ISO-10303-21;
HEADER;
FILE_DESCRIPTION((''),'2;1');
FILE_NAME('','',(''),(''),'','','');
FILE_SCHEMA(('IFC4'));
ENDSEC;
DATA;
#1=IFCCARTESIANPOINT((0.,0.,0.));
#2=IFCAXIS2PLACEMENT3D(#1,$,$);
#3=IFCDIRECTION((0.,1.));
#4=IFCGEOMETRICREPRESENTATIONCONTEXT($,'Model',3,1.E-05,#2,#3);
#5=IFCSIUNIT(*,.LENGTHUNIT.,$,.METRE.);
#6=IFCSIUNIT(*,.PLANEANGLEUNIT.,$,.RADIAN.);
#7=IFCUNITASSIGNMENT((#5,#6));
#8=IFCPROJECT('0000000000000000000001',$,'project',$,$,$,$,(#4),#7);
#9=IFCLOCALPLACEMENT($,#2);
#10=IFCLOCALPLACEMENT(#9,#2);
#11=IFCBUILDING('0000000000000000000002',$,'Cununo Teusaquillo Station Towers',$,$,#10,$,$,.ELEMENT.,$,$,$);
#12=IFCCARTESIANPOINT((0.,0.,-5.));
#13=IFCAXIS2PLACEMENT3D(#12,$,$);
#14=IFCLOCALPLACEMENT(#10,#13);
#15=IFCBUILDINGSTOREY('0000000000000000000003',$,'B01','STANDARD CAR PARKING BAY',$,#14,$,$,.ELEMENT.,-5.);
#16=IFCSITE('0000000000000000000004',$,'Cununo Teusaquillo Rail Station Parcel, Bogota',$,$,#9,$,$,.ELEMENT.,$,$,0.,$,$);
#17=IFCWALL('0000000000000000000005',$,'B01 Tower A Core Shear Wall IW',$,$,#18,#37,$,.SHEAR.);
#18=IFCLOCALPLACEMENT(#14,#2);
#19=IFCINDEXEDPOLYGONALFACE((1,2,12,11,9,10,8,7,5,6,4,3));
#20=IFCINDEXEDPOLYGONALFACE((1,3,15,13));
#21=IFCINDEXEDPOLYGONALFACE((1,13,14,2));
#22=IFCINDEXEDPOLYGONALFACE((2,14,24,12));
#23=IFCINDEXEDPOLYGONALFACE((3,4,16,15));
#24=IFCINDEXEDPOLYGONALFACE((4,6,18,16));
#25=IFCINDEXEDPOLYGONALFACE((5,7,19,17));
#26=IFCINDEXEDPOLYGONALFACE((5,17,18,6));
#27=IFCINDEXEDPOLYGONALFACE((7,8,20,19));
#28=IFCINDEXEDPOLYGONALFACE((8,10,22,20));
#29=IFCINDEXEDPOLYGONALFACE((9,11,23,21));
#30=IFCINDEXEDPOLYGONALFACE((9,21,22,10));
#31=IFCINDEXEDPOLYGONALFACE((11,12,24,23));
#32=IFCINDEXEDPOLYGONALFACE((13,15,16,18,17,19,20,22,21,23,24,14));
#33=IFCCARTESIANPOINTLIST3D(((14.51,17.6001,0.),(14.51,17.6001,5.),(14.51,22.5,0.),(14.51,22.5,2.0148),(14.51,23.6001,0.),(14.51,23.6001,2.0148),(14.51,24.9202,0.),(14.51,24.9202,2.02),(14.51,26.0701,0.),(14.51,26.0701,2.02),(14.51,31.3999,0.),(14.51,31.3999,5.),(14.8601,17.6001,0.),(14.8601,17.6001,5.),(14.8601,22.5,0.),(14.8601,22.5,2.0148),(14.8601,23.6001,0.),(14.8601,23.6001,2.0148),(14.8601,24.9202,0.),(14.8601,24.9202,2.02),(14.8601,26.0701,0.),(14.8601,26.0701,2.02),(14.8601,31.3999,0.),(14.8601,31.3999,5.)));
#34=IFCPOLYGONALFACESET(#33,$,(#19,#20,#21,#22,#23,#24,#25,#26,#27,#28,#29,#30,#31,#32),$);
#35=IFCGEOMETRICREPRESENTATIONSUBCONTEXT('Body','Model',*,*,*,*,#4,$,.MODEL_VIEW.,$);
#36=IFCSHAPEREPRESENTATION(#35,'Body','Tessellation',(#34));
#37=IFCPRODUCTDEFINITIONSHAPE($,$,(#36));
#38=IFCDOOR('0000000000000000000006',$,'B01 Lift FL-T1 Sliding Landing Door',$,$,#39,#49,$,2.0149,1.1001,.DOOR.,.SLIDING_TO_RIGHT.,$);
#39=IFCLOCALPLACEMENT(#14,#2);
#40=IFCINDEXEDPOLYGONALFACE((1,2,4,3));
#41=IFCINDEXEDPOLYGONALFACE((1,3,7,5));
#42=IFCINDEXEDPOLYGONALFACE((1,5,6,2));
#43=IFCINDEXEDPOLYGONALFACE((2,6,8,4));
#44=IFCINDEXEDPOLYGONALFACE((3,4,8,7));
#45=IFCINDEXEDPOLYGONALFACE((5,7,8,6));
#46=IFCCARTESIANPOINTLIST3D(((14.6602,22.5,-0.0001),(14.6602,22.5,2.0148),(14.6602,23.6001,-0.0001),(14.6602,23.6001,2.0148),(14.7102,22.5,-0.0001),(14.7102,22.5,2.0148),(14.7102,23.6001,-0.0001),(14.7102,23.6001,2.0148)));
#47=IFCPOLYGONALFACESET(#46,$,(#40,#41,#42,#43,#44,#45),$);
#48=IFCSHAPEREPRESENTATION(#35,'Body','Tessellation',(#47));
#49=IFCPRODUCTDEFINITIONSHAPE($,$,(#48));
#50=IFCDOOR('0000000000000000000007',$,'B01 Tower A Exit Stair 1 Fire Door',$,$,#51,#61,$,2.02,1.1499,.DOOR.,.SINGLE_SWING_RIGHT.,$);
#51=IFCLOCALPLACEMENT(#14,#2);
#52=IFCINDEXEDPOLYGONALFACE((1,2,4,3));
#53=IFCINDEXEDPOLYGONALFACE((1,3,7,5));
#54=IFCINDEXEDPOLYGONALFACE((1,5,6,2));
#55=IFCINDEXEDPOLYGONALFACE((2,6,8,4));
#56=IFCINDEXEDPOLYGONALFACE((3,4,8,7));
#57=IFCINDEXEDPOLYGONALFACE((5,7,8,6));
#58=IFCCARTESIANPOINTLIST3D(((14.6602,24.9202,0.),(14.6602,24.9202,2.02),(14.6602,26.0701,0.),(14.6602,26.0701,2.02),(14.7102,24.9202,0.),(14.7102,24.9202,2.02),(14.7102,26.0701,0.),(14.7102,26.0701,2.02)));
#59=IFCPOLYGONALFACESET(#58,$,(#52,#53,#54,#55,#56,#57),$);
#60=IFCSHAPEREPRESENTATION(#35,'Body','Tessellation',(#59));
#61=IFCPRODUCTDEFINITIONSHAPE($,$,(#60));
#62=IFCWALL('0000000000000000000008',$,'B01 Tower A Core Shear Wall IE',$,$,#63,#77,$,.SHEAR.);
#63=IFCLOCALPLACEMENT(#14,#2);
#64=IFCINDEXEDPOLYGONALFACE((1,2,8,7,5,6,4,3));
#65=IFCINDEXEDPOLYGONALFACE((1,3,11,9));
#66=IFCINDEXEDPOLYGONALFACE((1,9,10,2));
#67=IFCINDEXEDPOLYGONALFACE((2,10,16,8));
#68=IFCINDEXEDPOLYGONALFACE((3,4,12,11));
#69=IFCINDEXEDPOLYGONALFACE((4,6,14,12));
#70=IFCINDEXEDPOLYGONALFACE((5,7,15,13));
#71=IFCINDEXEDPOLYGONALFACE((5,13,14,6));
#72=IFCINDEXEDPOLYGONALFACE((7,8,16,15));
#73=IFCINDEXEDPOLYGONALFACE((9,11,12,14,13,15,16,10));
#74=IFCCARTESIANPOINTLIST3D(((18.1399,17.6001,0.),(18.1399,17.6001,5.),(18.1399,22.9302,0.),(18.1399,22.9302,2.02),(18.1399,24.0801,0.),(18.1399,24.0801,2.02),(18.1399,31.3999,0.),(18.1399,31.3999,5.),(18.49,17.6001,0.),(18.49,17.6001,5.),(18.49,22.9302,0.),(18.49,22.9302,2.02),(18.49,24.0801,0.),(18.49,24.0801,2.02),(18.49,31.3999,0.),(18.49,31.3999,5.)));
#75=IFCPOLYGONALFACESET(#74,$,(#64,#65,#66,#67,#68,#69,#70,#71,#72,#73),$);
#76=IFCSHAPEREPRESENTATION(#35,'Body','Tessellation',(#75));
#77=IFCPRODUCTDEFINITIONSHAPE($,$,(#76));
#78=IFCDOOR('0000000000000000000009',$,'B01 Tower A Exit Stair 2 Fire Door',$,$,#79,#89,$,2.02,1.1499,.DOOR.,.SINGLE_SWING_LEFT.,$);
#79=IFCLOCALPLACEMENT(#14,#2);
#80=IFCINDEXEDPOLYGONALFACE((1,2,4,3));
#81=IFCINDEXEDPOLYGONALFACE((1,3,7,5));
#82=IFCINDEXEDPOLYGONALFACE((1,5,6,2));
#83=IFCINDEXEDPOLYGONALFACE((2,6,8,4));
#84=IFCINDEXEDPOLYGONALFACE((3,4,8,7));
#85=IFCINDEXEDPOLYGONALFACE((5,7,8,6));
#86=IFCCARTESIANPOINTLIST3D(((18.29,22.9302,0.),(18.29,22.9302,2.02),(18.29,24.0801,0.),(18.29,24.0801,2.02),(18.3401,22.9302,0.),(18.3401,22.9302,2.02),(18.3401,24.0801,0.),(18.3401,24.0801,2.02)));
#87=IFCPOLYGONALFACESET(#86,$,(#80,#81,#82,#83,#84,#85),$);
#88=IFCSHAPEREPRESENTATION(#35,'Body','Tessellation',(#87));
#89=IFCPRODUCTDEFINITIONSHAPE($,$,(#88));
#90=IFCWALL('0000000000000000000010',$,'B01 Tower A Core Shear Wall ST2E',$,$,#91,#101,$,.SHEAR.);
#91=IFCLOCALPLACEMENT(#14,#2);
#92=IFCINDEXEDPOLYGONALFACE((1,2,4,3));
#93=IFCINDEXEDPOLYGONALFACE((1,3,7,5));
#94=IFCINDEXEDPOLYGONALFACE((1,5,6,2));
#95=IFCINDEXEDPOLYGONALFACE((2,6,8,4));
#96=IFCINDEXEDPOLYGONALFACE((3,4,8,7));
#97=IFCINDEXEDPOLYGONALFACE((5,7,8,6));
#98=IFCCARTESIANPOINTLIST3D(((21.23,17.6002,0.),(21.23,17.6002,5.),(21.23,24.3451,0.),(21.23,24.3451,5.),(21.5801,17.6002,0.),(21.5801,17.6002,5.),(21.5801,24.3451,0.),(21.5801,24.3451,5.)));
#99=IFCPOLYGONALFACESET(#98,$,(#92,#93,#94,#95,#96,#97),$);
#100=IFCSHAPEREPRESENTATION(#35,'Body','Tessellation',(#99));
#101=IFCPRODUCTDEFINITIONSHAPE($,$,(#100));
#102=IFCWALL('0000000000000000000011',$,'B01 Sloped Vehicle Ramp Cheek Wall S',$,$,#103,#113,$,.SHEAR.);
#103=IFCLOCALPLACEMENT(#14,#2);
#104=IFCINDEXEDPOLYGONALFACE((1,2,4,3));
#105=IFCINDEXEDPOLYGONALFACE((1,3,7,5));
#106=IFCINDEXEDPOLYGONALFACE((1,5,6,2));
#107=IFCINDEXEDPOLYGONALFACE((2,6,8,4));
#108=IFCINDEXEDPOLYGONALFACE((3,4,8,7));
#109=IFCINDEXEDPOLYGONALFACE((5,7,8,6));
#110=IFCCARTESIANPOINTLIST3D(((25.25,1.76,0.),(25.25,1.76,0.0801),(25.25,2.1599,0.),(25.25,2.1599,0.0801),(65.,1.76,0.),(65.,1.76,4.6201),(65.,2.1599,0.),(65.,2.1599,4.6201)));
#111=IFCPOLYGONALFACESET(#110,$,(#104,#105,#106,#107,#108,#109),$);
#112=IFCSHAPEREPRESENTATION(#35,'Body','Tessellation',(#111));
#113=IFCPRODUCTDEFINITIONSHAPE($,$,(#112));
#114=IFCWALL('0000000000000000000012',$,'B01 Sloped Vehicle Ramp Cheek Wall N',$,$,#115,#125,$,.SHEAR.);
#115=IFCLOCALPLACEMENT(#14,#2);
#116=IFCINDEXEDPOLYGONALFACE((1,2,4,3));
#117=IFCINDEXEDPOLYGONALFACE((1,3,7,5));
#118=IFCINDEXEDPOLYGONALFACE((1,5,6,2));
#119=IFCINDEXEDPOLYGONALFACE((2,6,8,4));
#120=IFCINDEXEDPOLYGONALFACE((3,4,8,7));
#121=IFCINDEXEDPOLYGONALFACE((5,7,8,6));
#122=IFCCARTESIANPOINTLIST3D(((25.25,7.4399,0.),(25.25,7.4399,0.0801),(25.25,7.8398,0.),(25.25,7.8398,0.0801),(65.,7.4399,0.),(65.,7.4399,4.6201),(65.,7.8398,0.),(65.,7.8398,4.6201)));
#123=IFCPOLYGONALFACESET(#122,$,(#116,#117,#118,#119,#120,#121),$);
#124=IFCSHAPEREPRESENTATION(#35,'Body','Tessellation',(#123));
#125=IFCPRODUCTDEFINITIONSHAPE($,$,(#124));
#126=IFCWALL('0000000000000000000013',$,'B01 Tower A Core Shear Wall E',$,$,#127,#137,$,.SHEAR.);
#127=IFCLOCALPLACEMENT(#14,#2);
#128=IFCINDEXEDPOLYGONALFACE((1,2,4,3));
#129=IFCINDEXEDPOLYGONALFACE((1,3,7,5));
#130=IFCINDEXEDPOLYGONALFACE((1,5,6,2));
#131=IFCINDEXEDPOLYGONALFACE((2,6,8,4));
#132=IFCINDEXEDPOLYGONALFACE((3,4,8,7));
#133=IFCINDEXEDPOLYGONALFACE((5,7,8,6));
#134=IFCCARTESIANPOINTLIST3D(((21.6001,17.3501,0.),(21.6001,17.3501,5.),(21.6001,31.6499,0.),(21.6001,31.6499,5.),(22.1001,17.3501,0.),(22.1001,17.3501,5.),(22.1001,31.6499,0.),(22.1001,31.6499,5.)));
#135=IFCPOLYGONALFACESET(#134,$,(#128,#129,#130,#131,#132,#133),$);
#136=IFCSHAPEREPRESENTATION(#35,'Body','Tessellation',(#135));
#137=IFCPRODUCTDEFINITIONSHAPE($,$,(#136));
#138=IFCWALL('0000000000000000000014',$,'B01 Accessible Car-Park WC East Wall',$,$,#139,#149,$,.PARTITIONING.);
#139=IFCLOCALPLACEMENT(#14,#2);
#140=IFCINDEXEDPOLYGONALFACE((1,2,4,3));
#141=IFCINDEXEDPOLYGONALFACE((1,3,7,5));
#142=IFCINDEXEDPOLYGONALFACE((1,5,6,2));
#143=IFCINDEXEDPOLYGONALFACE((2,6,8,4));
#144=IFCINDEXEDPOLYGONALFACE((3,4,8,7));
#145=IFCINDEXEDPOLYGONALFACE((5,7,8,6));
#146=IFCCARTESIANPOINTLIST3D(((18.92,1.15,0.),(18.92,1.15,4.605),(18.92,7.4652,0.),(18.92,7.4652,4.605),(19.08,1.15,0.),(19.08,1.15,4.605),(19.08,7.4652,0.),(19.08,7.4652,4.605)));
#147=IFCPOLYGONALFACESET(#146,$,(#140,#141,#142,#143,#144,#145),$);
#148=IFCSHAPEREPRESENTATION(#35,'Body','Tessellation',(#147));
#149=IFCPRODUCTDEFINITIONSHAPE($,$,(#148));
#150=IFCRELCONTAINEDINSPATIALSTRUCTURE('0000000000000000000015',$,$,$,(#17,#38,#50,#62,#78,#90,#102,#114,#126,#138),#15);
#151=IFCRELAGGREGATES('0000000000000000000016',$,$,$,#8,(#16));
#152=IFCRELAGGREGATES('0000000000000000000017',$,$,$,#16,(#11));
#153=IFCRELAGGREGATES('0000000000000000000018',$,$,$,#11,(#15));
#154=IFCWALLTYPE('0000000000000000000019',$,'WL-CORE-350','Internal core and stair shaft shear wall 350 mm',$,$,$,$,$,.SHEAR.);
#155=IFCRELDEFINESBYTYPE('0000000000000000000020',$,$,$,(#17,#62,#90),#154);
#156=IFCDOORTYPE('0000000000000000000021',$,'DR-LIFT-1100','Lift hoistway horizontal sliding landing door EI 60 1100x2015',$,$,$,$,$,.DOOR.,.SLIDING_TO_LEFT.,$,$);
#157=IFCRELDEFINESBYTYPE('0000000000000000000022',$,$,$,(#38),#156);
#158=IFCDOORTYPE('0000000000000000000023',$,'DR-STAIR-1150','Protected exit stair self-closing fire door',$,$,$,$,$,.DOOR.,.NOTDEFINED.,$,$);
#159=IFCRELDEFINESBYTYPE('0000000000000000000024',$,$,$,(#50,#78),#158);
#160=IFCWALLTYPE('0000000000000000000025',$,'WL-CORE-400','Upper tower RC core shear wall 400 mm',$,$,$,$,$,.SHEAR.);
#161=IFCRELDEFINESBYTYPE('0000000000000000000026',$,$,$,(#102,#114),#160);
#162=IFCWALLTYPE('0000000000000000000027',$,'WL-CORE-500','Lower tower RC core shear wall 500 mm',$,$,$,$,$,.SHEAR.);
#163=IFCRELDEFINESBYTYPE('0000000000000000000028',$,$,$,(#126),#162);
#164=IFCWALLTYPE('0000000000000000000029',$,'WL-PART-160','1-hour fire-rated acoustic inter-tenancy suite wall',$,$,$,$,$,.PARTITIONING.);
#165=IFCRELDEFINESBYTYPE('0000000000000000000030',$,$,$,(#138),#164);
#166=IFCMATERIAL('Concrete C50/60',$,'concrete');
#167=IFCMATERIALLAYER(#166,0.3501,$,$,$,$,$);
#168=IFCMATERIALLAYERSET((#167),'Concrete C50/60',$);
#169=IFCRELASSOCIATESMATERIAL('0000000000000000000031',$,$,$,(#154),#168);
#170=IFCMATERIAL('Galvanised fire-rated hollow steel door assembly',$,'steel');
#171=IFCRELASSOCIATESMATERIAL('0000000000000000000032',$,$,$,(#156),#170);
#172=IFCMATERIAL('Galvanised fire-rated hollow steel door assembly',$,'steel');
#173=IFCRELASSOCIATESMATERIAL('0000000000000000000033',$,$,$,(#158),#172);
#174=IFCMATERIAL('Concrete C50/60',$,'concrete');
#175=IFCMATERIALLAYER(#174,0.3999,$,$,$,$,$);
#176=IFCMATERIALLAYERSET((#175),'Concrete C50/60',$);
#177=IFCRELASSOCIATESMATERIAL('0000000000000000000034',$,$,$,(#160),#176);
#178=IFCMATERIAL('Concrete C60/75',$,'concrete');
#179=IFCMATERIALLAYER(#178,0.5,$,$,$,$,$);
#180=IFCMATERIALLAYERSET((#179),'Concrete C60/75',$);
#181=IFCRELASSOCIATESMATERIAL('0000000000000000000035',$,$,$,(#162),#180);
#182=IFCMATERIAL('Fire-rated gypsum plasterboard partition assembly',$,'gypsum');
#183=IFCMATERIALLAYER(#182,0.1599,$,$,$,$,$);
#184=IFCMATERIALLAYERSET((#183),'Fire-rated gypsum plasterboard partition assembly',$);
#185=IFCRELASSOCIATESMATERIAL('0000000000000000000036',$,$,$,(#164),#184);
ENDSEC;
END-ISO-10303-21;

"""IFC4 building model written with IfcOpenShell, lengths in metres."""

from ifc_helpers import new_model, si_unit, direction, frame, frame_2d, origin, place, context, subcontext, project, spatial, polyline, rectangle, outline, extrude, source, transform, mapped, material, layer, layer_set, type_object, element, fill, save


model = new_model("IFC4")

# Units and contexts
model_context = context("Model", 3, precision=1e-05, world=origin(), true_north=direction((0.0, 1.0)))
body_context = subcontext(model_context, "Body", "Model", "MODEL_VIEW")
ifc_project = project(units=[si_unit("LENGTHUNIT", "METRE"), si_unit("PLANEANGLEUNIT", "RADIAN")], contexts=[model_context])

# Site, building, storey
site_placement = place(None, origin())
site = spatial("IfcSite", under=ifc_project, at=site_placement, Name="Cununo Teusaquillo Rail Station Parcel, Bogota", CompositionType="ELEMENT", RefElevation=0.0)
building_placement = place(site_placement, origin())
building = spatial("IfcBuilding", under=site, at=building_placement, Name="Cununo Teusaquillo Station Towers", CompositionType="ELEMENT")
storey_placement = place(building_placement, frame((0.0, 0.0, -5.0)))
storey = spatial("IfcBuildingStorey", under=building, at=storey_placement, Name="B01", Description="STANDARD CAR PARKING BAY", CompositionType="ELEMENT", Elevation=-5.0)

# Wall, openings, doors
ifc_material_1 = material(Name="Concrete C50/60", Category="concrete")
ifc_layer_1 = layer(ifc_material_1, 0.3501)
ifc_layer_set_1 = layer_set([ifc_layer_1], Name="Concrete C50/60")
wall_type_1 = type_object("IfcWallType", Name="WL-CORE-350", Description="Internal core and stair shaft shear wall 350 mm", PredefinedType="SHEAR", material=ifc_layer_set_1)
wall_1_placement = place(storey_placement, frame((14.6851, 17.6001, 0.0), z_axis=(0.0, 0.0, 1.0), x_axis=(0.0, 1.0, 0.0)))
wall_1 = element("IfcWall", 1, at=wall_1_placement, inside=storey, type_object=wall_type_1, Name="B01 Tower A Core Shear Wall IW", PredefinedType="SHEAR", context=body_context, shape_type="SweptSolid", body=[
    extrude(rectangle(XDim=13.7998, YDim=0.3501, at=frame_2d((6.8999, 0.0))), origin(), (0.0, 0.0, 1.0), 5.0),
])
shared_shape_1 = source(origin(), body_context, "Body", "SweptSolid", [
    extrude(rectangle(XDim=1.1001, YDim=2.0149, at=frame_2d((0.55, 1.0073))), frame((0.0, 0.1851, 0.0), z_axis=(0.0, -1.0, 0.0), x_axis=(1.0, 0.0, 0.0)), (0.0, 0.0, 1.0), 0.3701),
])
opening_1_placement = place(wall_1_placement, frame((4.8999, 0.0, 0.0)))
opening_1 = element("IfcOpeningElement", 2, at=opening_1_placement, cuts=wall_1, PredefinedType="OPENING", context=body_context, shape_type="MappedRepresentation", body=[
    mapped(shared_shape_1, transform((0.0, 0.0, 0.0), x_axis=(1.0, 0.0, 0.0), y_axis=(0.0, 1.0, 0.0), z_axis=(0.0, 0.0, 1.0), scale=1.0)),
])
shared_shape_2 = source(origin(), body_context, "Body", "SweptSolid", [
    extrude(rectangle(XDim=1.1499, YDim=2.02, at=frame_2d((0.575, 1.01))), frame((0.0, 0.1851, 0.0), z_axis=(0.0, -1.0, 0.0), x_axis=(1.0, 0.0, 0.0)), (0.0, 0.0, 1.0), 0.3701),
])
opening_2_placement = place(wall_1_placement, frame((7.3201, 0.0, 0.0)))
opening_2 = element("IfcOpeningElement", 3, at=opening_2_placement, cuts=wall_1, PredefinedType="OPENING", context=body_context, shape_type="MappedRepresentation", body=[
    mapped(shared_shape_2, transform((0.0, 0.0, 0.0), x_axis=(1.0, 0.0, 0.0), y_axis=(0.0, 1.0, 0.0), z_axis=(0.0, 0.0, 1.0), scale=1.0)),
])
ifc_material_2 = material(Name="Galvanised fire-rated hollow steel door assembly", Category="steel")
door_type_1 = type_object("IfcDoorType", Name="DR-LIFT-1100", Description="Lift hoistway horizontal sliding landing door EI 60 1100x2015", OperationType="SLIDING_TO_LEFT", PredefinedType="DOOR", material=ifc_material_2)
shared_shape_3 = source(origin(), body_context, "Body", "SweptSolid", [
    extrude(rectangle(XDim=1.1001, YDim=2.0149, at=frame_2d((0.55, 1.0073))), frame((0.0, 0.0249, 0.0), z_axis=(0.0, -1.0, 0.0), x_axis=(1.0, 0.0, 0.0)), (0.0, 0.0, 1.0), 0.05),
])
door_1_placement = place(opening_1_placement, origin())
door_1 = element("IfcDoor", 4, at=door_1_placement, inside=storey, type_object=door_type_1, Name="B01 Lift FL-T1 Sliding Landing Door", OperationType="SLIDING_TO_RIGHT", OverallHeight=2.0149, OverallWidth=1.1001, PredefinedType="DOOR", context=body_context, shape_type="MappedRepresentation", body=[
    mapped(shared_shape_3, transform((0.0, 0.0, 0.0), x_axis=(1.0, 0.0, 0.0), y_axis=(0.0, 1.0, 0.0), z_axis=(0.0, 0.0, 1.0), scale=1.0)),
])
fill(opening_1, door_1)
ifc_material_3 = material(Name="Galvanised fire-rated hollow steel door assembly", Category="steel")
door_type_2 = type_object("IfcDoorType", Name="DR-STAIR-1150", Description="Protected exit stair self-closing fire door", OperationType="NOTDEFINED", PredefinedType="DOOR", material=ifc_material_3)
shared_shape_4 = source(origin(), body_context, "Body", "SweptSolid", [
    extrude(rectangle(XDim=1.1499, YDim=2.02, at=frame_2d((0.575, 1.01))), frame((0.0, 0.0249, 0.0), z_axis=(0.0, -1.0, 0.0), x_axis=(1.0, 0.0, 0.0)), (0.0, 0.0, 1.0), 0.05),
])
door_2_placement = place(opening_2_placement, origin())
door_2 = element("IfcDoor", 5, at=door_2_placement, inside=storey, type_object=door_type_2, Name="B01 Tower A Exit Stair 1 Fire Door", OperationType="SINGLE_SWING_RIGHT", OverallHeight=2.02, OverallWidth=1.1499, PredefinedType="DOOR", context=body_context, shape_type="MappedRepresentation", body=[
    mapped(shared_shape_4, transform((0.0, 0.0, 0.0), x_axis=(1.0, 0.0, 0.0), y_axis=(0.0, 1.0, 0.0), z_axis=(0.0, 0.0, 1.0), scale=1.0)),
])
fill(opening_2, door_2)

# Wall, opening, door
wall_2_placement = place(storey_placement, frame((18.3149, 17.6001, 0.0), z_axis=(0.0, 0.0, 1.0), x_axis=(0.0, 1.0, 0.0)))
wall_2 = element("IfcWall", 6, at=wall_2_placement, inside=storey, type_object=wall_type_1, Name="B01 Tower A Core Shear Wall IE", PredefinedType="SHEAR", context=body_context, shape_type="SweptSolid", body=[
    extrude(rectangle(XDim=13.7998, YDim=0.3501, at=frame_2d((6.8999, 0.0))), origin(), (0.0, 0.0, 1.0), 5.0),
])
opening_3_placement = place(wall_2_placement, frame((5.3301, 0.0, 0.0)))
opening_3 = element("IfcOpeningElement", 7, at=opening_3_placement, cuts=wall_2, PredefinedType="OPENING", context=body_context, shape_type="MappedRepresentation", body=[
    mapped(shared_shape_2, transform((0.0, 0.0, 0.0), x_axis=(1.0, 0.0, 0.0), y_axis=(0.0, 1.0, 0.0), z_axis=(0.0, 0.0, 1.0), scale=1.0)),
])
door_3_placement = place(opening_3_placement, origin())
door_3 = element("IfcDoor", 8, at=door_3_placement, inside=storey, type_object=door_type_2, Name="B01 Tower A Exit Stair 2 Fire Door", OperationType="SINGLE_SWING_LEFT", OverallHeight=2.02, OverallWidth=1.1499, PredefinedType="DOOR", context=body_context, shape_type="MappedRepresentation", body=[
    mapped(shared_shape_4, transform((0.0, 0.0, 0.0), x_axis=(1.0, 0.0, 0.0), y_axis=(0.0, 1.0, 0.0), z_axis=(0.0, 0.0, 1.0), scale=1.0)),
])
fill(opening_3, door_3)

# Walls
wall_3_placement = place(storey_placement, frame((21.405, 17.6001, 0.0), z_axis=(0.0, 0.0, 1.0), x_axis=(0.0, 1.0, 0.0)))
element("IfcWall", 9, at=wall_3_placement, inside=storey, type_object=wall_type_1, Name="B01 Tower A Core Shear Wall ST2E", PredefinedType="SHEAR", context=body_context, shape_type="SweptSolid", body=[
    extrude(rectangle(XDim=6.7449, YDim=0.3501, at=frame_2d((3.3726, 0.0))), origin(), (0.0, 0.0, 1.0), 5.0),
])
ifc_material_4 = material(Name="Concrete C50/60", Category="concrete")
ifc_layer_2 = layer(ifc_material_4, 0.3999)
ifc_layer_set_2 = layer_set([ifc_layer_2], Name="Concrete C50/60")
wall_type_2 = type_object("IfcWallType", Name="WL-CORE-400", Description="Upper tower RC core shear wall 400 mm", PredefinedType="SHEAR", material=ifc_layer_set_2)
for number, where, z_axis, x_axis, name in (
    (10, (25.25, 1.96, 0.0), (0.0, 0.0, 1.0), (1.0, 0.0, 0.0), "B01 Sloped Vehicle Ramp Cheek Wall S"),
    (11, (25.25, 7.6399, 0.0), (0.0, 0.0, 1.0), (1.0, 0.0, 0.0), "B01 Sloped Vehicle Ramp Cheek Wall N"),
):
    element("IfcWall", number, at=place(storey_placement, frame(where, z_axis=z_axis, x_axis=x_axis)), inside=storey, type_object=wall_type_2, Name=name, PredefinedType="SHEAR", context=body_context, shape_type="SweptSolid", body=[
        extrude(outline(polyline([(0.0, 0.0), (39.75, 0.0), (39.75, 4.6201), (0.0, 0.0801), (0.0, 0.0)])), frame((0.0, 0.2, 0.0), z_axis=(0.0, -1.0, 0.0), x_axis=(1.0, 0.0, 0.0)), (0.0, 0.0, 1.0), 0.3999),
    ])
ifc_material_5 = material(Name="Concrete C60/75", Category="concrete")
ifc_layer_3 = layer(ifc_material_5, 0.5)
ifc_layer_set_3 = layer_set([ifc_layer_3], Name="Concrete C60/75")
wall_type_3 = type_object("IfcWallType", Name="WL-CORE-500", Description="Lower tower RC core shear wall 500 mm", PredefinedType="SHEAR", material=ifc_layer_set_3)
wall_4_placement = place(storey_placement, frame((21.8501, 17.3501, 0.0), z_axis=(0.0, 0.0, 1.0), x_axis=(0.0, 1.0, 0.0)))
element("IfcWall", 12, at=wall_4_placement, inside=storey, type_object=wall_type_3, Name="B01 Tower A Core Shear Wall E", PredefinedType="SHEAR", context=body_context, shape_type="SweptSolid", body=[
    extrude(rectangle(XDim=14.2998, YDim=0.5, at=frame_2d((7.1499, 0.0))), origin(), (0.0, 0.0, 1.0), 5.0),
])
ifc_material_6 = material(Name="Fire-rated gypsum plasterboard partition assembly", Category="gypsum")
ifc_layer_4 = layer(ifc_material_6, 0.1599)
ifc_layer_set_4 = layer_set([ifc_layer_4], Name="Fire-rated gypsum plasterboard partition assembly")
wall_type_4 = type_object("IfcWallType", Name="WL-PART-160", Description="1-hour fire-rated acoustic inter-tenancy suite wall", PredefinedType="PARTITIONING", material=ifc_layer_set_4)
wall_5_placement = place(storey_placement, frame((19.0, 1.1499, 0.0), z_axis=(0.0, 0.0, 1.0), x_axis=(0.0, 1.0, 0.0)))
element("IfcWall", 13, at=wall_5_placement, inside=storey, type_object=wall_type_4, Name="B01 Accessible Car-Park WC East Wall", PredefinedType="PARTITIONING", context=body_context, shape_type="SweptSolid", body=[
    extrude(rectangle(XDim=6.3152, YDim=0.1599, at=frame_2d((3.1577, 0.0))), origin(), (0.0, 0.0, 1.0), 4.605),
])

save(model, "model.ifc")
